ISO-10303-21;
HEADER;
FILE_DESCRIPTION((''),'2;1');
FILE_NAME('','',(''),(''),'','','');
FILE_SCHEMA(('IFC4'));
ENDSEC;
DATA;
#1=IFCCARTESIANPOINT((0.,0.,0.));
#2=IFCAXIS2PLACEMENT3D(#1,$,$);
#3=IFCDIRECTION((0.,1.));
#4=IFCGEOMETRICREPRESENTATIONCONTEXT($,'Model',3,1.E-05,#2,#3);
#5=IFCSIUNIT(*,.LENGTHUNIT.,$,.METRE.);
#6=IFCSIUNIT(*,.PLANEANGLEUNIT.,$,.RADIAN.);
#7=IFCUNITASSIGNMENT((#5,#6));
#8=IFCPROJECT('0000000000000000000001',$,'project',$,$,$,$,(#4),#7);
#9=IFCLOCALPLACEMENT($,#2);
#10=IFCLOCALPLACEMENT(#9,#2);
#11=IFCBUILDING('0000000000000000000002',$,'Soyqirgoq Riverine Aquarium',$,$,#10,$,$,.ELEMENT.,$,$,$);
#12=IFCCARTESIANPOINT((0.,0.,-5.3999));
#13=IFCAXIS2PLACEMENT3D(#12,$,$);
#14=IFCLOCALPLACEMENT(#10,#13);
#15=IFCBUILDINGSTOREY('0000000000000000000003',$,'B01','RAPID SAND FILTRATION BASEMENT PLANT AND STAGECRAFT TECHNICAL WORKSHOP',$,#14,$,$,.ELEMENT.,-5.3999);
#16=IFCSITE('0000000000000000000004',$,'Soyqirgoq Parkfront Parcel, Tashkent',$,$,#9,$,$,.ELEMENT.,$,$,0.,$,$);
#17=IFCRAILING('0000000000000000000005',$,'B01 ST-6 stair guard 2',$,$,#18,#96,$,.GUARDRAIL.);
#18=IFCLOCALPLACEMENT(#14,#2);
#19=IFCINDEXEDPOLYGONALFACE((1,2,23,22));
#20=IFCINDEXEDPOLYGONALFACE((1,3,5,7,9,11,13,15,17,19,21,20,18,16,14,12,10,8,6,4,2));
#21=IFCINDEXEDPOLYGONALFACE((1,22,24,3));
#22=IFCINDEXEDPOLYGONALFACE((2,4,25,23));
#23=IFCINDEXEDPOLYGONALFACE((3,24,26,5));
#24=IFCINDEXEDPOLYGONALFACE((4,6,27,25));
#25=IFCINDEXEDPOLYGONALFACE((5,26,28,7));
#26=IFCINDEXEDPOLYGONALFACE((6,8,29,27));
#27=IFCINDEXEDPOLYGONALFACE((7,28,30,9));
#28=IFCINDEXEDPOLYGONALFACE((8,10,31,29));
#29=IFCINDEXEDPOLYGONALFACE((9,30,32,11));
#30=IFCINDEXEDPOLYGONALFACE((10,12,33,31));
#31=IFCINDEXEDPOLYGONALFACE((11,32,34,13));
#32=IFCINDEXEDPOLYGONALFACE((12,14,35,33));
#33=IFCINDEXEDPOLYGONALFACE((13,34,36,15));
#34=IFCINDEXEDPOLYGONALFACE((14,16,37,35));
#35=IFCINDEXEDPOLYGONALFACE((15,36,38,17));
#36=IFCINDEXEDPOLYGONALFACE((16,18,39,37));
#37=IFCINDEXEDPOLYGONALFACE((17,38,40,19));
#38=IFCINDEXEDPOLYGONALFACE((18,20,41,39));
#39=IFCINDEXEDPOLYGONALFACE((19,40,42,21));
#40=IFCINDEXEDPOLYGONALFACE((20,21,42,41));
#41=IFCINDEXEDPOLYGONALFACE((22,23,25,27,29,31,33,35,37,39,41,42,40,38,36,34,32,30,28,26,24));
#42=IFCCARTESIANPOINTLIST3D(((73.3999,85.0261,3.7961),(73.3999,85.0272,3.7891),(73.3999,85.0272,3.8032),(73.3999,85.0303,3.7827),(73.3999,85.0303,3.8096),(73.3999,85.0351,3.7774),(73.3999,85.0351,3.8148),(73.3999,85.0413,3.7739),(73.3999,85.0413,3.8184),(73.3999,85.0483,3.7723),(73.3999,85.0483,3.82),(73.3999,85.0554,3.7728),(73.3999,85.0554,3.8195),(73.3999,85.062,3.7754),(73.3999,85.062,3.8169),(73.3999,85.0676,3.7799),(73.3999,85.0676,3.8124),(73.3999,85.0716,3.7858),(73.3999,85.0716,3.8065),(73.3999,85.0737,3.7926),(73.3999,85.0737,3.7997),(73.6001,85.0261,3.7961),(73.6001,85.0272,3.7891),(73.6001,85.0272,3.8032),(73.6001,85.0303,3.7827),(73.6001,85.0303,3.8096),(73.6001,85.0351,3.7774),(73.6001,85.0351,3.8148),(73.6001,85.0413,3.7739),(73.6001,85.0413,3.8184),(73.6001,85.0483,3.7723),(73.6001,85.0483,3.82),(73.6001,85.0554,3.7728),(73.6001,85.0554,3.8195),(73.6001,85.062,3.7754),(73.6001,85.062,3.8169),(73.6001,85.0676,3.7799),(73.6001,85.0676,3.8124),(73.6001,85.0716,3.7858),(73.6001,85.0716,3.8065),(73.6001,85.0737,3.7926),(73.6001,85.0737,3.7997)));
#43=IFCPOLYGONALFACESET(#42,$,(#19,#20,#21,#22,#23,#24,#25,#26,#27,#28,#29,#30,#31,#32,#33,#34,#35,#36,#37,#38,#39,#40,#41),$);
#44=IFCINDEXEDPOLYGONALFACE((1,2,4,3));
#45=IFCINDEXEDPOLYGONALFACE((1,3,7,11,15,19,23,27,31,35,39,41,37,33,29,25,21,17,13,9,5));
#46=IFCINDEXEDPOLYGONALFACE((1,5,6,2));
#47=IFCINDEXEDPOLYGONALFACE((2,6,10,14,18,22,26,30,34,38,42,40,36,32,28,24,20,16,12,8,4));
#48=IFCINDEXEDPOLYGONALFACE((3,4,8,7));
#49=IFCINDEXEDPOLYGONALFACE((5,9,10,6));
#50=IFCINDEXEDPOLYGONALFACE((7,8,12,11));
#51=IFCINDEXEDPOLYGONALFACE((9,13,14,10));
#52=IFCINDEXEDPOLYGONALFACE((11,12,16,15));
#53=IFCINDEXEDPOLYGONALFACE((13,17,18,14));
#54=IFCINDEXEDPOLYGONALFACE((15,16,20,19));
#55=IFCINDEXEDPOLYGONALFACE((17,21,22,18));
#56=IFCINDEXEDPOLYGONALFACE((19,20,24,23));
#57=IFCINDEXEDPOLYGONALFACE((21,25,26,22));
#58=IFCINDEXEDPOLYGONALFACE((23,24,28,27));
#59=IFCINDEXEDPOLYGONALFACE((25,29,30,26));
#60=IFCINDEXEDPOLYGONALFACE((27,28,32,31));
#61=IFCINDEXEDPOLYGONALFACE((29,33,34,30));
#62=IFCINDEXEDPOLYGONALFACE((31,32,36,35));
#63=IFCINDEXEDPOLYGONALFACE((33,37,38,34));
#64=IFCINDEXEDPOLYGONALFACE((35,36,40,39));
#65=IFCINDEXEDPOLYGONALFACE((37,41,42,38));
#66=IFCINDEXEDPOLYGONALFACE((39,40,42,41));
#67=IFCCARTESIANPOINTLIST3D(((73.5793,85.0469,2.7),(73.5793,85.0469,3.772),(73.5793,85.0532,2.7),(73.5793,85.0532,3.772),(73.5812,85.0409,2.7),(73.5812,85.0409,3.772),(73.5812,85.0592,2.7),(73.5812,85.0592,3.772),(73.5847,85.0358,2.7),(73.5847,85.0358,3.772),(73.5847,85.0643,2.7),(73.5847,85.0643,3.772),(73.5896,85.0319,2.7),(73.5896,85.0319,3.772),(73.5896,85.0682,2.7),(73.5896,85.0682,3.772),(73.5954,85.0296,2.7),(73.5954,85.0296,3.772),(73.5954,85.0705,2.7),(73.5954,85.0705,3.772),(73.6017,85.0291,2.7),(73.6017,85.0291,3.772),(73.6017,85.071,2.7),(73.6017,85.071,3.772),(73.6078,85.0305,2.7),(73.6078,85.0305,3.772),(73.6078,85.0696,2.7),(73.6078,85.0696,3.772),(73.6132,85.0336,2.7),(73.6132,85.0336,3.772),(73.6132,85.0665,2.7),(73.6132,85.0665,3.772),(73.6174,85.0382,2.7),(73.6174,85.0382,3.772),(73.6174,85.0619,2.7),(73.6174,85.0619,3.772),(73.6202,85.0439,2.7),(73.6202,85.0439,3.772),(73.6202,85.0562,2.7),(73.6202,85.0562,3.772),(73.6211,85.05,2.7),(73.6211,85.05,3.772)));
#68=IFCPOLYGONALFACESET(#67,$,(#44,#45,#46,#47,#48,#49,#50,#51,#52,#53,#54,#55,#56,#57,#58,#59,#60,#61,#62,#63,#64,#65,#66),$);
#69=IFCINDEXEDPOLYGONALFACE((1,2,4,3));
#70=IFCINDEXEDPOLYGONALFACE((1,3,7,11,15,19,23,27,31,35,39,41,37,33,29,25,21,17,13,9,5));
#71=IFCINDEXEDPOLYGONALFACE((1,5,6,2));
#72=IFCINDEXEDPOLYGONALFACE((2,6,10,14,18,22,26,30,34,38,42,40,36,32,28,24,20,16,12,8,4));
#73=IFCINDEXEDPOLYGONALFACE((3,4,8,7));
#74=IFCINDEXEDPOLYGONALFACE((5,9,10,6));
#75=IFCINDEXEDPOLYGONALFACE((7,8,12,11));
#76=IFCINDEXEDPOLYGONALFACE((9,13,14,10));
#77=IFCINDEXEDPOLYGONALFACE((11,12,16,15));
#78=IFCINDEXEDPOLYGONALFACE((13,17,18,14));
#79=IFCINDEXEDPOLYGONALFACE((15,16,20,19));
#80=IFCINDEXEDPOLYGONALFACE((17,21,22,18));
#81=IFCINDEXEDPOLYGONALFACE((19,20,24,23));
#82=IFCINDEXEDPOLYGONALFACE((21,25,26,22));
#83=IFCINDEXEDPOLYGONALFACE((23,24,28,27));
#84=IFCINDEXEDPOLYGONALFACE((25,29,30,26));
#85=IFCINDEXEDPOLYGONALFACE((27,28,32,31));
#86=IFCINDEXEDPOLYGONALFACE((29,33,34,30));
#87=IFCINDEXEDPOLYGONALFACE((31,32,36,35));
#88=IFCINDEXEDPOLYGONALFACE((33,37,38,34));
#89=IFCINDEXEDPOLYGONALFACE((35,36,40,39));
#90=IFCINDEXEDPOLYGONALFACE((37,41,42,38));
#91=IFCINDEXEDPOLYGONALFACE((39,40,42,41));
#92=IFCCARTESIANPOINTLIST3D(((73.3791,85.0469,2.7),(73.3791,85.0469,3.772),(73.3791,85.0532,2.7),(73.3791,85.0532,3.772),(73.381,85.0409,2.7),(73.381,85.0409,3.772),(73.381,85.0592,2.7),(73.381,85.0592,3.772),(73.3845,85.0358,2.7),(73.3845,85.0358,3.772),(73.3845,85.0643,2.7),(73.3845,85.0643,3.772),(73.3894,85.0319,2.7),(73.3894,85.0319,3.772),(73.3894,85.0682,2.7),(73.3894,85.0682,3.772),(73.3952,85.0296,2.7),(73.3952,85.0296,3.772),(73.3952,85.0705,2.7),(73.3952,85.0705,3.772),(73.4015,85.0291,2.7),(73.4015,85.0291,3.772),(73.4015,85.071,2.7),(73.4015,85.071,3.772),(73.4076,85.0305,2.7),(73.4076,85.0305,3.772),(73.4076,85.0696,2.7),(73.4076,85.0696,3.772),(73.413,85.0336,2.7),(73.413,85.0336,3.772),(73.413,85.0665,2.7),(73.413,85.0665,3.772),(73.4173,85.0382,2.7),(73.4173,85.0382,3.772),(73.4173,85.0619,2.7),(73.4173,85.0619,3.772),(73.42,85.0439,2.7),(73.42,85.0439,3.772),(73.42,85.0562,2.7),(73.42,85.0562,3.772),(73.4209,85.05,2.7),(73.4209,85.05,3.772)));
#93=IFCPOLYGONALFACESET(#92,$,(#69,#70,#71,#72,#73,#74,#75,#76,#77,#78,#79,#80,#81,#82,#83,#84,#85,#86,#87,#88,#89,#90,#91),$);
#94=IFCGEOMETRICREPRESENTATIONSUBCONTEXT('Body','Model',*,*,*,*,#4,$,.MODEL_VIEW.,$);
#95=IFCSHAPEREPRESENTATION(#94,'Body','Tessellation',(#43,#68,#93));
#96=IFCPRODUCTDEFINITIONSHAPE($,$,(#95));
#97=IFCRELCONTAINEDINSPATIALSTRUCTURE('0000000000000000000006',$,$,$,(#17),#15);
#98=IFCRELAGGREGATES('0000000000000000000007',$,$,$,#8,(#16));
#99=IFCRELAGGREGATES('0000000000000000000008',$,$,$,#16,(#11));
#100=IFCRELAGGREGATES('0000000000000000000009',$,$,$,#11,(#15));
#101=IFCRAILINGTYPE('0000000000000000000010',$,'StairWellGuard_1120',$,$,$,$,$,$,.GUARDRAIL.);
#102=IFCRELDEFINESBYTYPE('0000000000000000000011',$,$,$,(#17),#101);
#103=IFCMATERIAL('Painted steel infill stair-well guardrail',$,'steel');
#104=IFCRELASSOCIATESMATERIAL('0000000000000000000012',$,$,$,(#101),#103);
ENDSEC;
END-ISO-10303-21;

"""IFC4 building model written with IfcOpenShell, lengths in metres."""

from ifc_helpers import new_model, si_unit, direction, frame, origin, origin_2d, place, context, subcontext, project, spatial, circle, extrude, material, type_object, element, save


model = new_model("IFC4")

# Units and contexts
model_context = context("Model", 3, precision=1e-05, world=origin(), true_north=direction((0.0, 1.0)))
body_context = subcontext(model_context, "Body", "Model", "MODEL_VIEW")
ifc_project = project(units=[si_unit("LENGTHUNIT", "METRE"), si_unit("PLANEANGLEUNIT", "RADIAN")], contexts=[model_context])

# Site, building, storey
site_placement = place(None, origin())
site = spatial("IfcSite", under=ifc_project, at=site_placement, Name="Soyqirgoq Parkfront Parcel, Tashkent", CompositionType="ELEMENT", RefElevation=0.0)
building_placement = place(site_placement, origin())
building = spatial("IfcBuilding", under=site, at=building_placement, Name="Soyqirgoq Riverine Aquarium", CompositionType="ELEMENT")
storey_placement = place(building_placement, frame((0.0, 0.0, -5.3999)))
storey = spatial("IfcBuildingStorey", under=building, at=storey_placement, Name="B01", Description="RAPID SAND FILTRATION BASEMENT PLANT AND STAGECRAFT TECHNICAL WORKSHOP", CompositionType="ELEMENT", Elevation=-5.3999)

# Railing
ifc_material_1 = material(Name="Painted steel infill stair-well guardrail", Category="steel")
railing_type_1 = type_object("IfcRailingType", Name="StairWellGuard_1120", PredefinedType="GUARDRAIL", material=ifc_material_1)
railing_1_placement = place(storey_placement, frame((73.6001, 85.05, 2.7)))
element("IfcRailing", 1, at=railing_1_placement, inside=storey, type_object=railing_type_1, Name="B01 ST-6 stair guard 2", PredefinedType="GUARDRAIL", context=body_context, shape_type="SweptSolid", body=[
    extrude(circle(Radius=0.0239, at=origin_2d()), frame((0.0, 0.0, 1.0962), z_axis=(-1.0, 0.0, 0.0), x_axis=(0.0, -1.0, 0.0)), (0.0, 0.0, 1.0), 0.2002),
    extrude(circle(Radius=0.021, at=origin_2d()), origin(), (0.0, 0.0, 1.0), 1.072),
    extrude(circle(Radius=0.021, at=origin_2d()), frame((-0.2002, 0.0, 0.0)), (0.0, 0.0, 1.0), 1.072),
])

save(model, "model.ifc")
